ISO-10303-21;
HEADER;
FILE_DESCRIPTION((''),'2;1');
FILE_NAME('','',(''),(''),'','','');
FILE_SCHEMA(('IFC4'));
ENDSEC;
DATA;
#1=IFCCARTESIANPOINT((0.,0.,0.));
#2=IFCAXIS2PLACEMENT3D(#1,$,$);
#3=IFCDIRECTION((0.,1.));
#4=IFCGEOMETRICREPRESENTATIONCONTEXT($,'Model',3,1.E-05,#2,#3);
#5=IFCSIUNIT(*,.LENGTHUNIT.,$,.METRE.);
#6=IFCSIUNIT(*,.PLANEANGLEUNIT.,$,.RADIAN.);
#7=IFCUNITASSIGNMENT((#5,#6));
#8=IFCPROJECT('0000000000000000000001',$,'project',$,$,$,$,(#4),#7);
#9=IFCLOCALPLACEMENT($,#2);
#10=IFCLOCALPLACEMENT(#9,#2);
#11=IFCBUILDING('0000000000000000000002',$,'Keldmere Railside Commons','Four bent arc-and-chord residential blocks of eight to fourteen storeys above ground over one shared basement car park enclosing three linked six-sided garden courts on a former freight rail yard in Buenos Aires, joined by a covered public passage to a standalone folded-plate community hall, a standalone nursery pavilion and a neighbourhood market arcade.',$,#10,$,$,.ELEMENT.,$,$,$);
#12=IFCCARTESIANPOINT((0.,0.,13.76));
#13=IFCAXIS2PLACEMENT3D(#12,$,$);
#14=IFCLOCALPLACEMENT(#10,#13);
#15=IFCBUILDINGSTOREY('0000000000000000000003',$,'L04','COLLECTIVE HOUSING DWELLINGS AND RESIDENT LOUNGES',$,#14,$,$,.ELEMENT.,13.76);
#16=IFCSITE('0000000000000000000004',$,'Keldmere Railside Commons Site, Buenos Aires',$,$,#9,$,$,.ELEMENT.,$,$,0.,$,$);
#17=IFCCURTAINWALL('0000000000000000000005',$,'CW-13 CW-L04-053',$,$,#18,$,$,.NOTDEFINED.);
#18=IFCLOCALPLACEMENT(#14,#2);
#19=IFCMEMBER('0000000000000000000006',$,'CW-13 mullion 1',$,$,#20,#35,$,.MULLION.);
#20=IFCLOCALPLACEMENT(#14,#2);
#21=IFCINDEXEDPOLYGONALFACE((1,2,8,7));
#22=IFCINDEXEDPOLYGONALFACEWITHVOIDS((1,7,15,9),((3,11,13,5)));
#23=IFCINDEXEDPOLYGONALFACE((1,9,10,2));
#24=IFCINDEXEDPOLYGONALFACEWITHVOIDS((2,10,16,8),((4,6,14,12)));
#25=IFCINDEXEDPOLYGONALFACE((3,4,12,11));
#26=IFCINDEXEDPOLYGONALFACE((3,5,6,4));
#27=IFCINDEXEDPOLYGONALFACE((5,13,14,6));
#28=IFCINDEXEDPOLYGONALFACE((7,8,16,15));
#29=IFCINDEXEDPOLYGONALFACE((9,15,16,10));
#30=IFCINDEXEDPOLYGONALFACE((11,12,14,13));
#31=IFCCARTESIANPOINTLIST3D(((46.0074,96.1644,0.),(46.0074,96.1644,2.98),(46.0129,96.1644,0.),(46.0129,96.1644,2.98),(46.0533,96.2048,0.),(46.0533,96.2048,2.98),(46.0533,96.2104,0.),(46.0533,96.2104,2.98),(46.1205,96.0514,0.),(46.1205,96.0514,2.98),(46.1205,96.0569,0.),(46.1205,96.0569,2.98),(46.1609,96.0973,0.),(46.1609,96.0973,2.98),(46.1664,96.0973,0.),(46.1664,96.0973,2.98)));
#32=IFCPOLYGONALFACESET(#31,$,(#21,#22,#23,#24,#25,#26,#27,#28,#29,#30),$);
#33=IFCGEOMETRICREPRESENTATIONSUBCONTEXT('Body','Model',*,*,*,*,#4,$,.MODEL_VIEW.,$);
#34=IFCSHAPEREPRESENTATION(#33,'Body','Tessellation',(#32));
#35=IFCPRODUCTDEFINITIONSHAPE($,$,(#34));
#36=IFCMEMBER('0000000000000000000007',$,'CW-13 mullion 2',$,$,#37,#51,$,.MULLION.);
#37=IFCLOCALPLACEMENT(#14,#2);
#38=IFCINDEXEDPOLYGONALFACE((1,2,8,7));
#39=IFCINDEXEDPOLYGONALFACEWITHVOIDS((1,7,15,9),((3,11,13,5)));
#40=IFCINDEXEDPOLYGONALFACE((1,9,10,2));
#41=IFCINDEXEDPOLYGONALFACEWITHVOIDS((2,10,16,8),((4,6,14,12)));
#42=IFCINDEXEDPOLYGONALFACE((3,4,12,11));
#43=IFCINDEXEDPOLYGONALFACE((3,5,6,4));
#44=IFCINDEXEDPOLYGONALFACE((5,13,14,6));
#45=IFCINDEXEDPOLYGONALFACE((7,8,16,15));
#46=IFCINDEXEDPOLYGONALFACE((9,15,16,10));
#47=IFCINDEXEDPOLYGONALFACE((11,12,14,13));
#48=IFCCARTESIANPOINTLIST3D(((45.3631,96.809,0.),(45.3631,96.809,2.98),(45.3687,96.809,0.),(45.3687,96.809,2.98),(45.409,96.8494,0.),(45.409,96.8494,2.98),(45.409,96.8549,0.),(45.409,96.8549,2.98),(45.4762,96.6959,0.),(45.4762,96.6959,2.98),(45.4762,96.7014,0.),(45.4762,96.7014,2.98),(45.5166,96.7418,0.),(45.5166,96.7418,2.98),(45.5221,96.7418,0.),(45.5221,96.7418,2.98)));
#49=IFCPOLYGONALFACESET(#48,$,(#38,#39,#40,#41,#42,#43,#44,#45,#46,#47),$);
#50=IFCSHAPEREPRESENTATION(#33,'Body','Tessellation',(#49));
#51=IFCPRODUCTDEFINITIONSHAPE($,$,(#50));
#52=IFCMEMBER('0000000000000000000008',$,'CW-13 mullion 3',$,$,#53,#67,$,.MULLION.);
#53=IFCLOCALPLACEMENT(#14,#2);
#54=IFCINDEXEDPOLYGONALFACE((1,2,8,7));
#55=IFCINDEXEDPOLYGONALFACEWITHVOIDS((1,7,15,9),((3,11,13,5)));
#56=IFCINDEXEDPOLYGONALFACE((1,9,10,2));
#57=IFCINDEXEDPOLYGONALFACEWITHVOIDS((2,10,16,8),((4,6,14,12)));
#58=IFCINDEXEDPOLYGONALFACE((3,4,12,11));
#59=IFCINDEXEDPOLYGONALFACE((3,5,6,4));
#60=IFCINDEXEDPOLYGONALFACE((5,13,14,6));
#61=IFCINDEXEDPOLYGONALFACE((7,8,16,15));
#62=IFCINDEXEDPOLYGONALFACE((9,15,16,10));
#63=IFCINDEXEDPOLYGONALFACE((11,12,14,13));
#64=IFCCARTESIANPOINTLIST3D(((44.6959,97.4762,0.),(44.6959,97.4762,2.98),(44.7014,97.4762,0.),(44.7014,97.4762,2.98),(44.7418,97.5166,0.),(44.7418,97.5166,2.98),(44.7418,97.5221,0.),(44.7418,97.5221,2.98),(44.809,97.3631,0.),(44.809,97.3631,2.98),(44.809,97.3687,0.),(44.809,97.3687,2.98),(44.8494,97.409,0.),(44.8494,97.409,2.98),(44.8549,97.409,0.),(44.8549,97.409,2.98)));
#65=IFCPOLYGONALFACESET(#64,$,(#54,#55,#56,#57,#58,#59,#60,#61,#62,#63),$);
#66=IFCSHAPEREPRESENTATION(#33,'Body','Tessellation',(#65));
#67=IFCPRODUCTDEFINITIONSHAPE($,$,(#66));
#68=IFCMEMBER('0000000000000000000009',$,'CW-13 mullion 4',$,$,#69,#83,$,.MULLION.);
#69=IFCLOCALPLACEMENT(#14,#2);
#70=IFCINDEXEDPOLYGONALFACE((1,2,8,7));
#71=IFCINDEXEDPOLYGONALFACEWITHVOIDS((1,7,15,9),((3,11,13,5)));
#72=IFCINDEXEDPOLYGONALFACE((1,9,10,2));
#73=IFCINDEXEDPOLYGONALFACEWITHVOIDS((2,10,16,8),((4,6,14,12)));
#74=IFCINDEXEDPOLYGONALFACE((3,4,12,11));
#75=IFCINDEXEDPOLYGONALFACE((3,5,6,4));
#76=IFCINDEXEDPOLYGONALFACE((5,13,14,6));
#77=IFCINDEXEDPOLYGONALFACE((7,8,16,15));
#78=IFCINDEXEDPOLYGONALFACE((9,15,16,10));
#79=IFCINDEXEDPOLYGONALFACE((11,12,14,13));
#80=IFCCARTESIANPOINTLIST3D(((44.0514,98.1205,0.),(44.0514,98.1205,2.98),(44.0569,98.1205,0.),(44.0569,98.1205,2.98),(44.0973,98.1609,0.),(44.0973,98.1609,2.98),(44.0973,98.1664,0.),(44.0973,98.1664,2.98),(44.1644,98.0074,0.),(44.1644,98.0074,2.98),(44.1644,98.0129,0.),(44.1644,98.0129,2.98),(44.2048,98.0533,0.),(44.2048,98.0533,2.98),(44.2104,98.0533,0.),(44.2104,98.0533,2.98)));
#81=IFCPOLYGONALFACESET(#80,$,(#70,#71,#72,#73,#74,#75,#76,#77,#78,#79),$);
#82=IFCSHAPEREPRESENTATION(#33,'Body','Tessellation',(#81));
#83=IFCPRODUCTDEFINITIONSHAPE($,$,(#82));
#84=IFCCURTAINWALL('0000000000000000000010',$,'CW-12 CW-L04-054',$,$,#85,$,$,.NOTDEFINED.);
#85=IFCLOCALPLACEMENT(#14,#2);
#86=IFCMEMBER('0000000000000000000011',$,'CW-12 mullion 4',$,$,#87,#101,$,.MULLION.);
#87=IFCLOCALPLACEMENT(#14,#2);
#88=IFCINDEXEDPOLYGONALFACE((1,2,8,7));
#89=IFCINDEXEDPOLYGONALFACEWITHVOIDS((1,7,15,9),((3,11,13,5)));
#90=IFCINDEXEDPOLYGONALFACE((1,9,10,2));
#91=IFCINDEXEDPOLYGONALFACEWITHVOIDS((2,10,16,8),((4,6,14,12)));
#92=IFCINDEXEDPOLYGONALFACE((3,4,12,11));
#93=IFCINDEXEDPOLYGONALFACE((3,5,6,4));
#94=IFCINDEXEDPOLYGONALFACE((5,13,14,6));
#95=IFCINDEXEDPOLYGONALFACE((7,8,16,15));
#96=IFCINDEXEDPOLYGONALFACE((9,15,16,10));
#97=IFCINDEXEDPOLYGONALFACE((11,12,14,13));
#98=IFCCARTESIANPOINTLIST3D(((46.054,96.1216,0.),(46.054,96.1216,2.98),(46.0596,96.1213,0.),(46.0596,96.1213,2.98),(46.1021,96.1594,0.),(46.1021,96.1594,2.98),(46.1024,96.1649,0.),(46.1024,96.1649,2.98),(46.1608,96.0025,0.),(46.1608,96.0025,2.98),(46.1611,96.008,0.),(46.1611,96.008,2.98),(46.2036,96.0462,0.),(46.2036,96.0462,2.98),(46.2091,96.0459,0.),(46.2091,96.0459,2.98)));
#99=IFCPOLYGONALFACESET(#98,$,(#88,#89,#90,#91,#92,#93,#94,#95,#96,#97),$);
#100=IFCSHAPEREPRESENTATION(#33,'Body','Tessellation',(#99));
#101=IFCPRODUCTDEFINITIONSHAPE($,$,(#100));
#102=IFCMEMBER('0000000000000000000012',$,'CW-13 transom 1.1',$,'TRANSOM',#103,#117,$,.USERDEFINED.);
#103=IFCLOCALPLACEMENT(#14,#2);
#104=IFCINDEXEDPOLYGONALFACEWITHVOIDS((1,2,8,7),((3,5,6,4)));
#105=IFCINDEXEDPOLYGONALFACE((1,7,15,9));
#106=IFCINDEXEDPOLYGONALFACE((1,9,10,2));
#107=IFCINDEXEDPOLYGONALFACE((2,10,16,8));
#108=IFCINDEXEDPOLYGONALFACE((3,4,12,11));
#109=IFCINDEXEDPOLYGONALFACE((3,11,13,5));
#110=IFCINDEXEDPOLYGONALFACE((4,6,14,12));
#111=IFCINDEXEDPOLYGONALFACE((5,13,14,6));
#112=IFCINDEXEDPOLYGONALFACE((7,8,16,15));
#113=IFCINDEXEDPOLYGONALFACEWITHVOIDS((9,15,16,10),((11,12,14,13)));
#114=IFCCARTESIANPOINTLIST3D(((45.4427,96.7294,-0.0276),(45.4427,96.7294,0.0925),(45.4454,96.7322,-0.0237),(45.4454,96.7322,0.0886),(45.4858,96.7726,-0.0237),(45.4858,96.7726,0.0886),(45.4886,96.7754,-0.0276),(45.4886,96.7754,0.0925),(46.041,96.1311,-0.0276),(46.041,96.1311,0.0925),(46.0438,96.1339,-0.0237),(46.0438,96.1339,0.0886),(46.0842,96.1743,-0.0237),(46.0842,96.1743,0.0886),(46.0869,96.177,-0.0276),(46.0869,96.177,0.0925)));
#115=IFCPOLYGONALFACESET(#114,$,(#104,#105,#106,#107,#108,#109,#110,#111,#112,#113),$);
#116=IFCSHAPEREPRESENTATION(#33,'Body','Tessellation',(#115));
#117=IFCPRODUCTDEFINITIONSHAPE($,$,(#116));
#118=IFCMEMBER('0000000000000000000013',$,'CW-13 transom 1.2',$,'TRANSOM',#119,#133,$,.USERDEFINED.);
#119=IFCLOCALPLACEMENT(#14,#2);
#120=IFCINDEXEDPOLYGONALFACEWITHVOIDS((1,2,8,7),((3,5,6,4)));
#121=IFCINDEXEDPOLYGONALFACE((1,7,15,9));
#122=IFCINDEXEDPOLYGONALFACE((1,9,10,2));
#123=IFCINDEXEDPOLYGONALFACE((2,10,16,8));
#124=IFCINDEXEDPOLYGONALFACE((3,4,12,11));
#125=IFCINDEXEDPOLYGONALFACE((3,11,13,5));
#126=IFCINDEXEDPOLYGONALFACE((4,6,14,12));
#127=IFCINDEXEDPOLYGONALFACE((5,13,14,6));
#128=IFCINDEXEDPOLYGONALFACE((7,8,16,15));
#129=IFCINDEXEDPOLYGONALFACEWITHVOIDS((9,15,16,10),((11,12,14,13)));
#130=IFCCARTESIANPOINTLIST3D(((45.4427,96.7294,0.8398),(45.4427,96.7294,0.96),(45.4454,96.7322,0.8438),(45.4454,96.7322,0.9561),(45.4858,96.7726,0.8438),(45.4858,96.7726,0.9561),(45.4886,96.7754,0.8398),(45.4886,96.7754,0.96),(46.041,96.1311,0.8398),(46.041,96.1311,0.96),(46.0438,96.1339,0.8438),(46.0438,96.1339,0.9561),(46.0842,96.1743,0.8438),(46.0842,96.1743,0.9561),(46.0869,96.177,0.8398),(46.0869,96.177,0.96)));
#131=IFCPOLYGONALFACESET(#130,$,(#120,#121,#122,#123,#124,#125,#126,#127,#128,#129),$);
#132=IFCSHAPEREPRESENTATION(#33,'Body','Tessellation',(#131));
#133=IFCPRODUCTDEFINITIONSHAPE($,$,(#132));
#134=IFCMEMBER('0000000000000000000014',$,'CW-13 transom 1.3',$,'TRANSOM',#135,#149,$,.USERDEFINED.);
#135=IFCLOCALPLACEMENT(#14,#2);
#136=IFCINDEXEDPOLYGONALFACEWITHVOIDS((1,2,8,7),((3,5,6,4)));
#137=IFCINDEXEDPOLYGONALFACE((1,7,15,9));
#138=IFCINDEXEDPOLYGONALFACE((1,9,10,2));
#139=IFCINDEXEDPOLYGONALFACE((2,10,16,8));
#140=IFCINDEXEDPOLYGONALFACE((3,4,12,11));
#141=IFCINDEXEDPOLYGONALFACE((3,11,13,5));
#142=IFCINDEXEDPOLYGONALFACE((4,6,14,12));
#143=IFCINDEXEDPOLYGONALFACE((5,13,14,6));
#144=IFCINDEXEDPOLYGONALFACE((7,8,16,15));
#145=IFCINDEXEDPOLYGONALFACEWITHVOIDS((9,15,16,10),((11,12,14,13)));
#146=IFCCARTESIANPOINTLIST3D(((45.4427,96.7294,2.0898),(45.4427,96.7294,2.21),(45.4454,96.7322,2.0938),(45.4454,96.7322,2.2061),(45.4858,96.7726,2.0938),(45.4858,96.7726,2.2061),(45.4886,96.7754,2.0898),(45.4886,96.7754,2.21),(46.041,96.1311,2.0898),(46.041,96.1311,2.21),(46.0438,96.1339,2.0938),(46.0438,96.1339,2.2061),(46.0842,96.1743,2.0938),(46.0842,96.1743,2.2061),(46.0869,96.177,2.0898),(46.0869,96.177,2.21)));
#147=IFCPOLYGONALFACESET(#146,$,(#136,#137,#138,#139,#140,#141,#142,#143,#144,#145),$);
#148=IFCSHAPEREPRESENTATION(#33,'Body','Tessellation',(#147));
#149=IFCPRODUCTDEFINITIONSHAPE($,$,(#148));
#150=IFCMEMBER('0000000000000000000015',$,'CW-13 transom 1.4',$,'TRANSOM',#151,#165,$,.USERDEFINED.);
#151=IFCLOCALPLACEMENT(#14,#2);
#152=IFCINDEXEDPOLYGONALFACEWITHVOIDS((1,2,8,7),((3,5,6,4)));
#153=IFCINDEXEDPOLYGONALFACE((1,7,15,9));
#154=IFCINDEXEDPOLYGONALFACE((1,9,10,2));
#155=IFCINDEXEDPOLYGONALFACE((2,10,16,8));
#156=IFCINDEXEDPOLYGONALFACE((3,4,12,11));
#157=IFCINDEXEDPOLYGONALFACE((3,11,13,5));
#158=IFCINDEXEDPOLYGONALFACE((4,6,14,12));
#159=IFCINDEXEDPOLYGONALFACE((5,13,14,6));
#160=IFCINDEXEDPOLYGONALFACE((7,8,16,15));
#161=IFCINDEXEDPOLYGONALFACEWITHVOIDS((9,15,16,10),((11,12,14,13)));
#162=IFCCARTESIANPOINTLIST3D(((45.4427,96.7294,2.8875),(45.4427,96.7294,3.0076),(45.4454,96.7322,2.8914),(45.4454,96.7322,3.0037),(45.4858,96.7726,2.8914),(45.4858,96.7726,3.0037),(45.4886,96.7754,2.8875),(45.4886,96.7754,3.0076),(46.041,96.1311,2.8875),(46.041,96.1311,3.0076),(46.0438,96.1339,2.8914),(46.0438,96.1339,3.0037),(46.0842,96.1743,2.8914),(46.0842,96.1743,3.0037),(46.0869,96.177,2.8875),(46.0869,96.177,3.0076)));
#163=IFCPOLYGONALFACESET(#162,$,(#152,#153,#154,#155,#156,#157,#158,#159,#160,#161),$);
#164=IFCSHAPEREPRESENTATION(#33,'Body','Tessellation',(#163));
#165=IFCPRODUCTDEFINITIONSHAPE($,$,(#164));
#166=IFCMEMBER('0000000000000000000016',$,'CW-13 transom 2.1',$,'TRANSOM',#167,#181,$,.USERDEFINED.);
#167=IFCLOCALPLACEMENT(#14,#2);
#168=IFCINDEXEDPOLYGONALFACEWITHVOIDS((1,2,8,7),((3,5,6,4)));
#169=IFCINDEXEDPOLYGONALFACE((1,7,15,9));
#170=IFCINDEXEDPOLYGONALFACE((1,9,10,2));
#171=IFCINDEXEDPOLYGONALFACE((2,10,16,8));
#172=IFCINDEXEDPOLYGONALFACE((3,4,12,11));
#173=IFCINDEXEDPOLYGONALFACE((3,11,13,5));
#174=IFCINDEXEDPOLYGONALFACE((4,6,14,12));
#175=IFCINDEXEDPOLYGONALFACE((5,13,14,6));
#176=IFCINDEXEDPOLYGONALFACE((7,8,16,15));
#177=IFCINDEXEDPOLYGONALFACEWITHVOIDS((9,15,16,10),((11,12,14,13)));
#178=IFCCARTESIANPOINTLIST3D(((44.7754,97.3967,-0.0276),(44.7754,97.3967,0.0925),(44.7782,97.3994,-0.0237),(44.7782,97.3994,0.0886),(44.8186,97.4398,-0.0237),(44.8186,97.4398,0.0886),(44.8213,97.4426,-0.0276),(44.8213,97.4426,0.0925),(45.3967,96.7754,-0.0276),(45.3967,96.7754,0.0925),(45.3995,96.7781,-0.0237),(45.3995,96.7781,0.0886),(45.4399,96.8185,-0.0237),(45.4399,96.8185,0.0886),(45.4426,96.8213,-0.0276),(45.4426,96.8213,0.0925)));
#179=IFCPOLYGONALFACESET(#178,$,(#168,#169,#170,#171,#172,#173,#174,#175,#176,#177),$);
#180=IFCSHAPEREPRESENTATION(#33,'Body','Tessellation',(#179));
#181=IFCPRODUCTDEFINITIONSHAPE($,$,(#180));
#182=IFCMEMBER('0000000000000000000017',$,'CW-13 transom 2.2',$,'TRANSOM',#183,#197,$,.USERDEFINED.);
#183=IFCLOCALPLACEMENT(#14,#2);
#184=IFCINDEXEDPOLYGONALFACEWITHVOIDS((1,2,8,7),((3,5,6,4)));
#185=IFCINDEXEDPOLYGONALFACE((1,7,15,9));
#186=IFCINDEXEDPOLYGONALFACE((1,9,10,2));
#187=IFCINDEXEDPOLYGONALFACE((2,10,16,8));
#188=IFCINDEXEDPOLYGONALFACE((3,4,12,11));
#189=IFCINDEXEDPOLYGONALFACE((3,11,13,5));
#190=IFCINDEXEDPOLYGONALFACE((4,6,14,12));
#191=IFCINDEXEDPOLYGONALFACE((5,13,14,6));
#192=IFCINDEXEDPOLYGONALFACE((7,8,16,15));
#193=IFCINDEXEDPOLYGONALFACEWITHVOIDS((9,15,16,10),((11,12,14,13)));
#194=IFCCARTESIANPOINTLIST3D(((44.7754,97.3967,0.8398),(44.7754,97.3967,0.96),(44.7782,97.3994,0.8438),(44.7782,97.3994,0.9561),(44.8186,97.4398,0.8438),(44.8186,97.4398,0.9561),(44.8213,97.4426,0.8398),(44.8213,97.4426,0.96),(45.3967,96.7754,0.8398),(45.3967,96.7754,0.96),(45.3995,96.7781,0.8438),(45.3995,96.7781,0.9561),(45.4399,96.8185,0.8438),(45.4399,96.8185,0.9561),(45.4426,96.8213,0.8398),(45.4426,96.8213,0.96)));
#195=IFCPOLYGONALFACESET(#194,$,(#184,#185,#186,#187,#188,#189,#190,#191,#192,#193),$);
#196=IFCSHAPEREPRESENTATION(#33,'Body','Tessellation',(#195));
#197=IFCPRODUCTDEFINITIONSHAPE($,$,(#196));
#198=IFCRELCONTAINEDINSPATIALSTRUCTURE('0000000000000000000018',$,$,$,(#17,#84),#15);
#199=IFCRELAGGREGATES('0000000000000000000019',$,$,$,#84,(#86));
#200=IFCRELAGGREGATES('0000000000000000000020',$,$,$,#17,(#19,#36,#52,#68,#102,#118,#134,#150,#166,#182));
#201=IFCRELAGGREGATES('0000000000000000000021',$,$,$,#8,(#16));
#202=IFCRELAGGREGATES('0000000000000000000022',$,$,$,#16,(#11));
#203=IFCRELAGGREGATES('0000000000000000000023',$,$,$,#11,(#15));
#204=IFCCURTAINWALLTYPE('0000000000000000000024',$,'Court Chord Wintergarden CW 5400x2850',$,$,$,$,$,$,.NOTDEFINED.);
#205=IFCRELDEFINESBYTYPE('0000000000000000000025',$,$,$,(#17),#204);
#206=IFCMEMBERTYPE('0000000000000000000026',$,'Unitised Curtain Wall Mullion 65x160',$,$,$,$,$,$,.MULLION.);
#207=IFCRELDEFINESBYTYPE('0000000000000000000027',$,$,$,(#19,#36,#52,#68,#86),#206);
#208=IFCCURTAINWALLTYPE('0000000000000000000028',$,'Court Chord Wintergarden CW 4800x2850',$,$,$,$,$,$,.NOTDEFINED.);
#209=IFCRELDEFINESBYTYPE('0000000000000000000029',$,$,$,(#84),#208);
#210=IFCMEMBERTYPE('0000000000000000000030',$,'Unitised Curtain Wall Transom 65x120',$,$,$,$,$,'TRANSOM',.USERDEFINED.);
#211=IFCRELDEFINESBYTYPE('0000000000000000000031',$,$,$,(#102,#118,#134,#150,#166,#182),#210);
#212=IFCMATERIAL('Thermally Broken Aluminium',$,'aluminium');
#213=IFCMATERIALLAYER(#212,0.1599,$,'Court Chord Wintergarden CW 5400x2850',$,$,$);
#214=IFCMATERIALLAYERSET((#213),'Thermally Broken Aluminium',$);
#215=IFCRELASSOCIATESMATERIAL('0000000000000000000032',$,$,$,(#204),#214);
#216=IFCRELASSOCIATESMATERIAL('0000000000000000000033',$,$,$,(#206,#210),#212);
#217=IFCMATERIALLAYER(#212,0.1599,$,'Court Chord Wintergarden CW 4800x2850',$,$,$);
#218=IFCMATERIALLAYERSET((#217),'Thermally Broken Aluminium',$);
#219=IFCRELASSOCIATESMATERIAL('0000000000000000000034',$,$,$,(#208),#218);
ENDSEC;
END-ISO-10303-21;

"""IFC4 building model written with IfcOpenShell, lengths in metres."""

from ifc_helpers import new_model, si_unit, direction, frame, origin, origin_2d, place, context, subcontext, project, spatial, hollow_rectangle, extrude, material, layer, layer_set, material_profile, profile_set, type_object, element, aggregate, save


model = new_model("IFC4")

# Units and contexts
model_context = context("Model", 3, precision=1e-05, world=origin(), true_north=direction((0.0, 1.0)))
body_context = subcontext(model_context, "Body", "Model", "MODEL_VIEW")
ifc_project = project(units=[si_unit("LENGTHUNIT", "METRE"), si_unit("PLANEANGLEUNIT", "RADIAN")], contexts=[model_context])

# Site, building, storey
site_placement = place(None, origin())
site = spatial("IfcSite", under=ifc_project, at=site_placement, Name="Keldmere Railside Commons Site, Buenos Aires", CompositionType="ELEMENT", RefElevation=0.0)
building_placement = place(site_placement, origin())
building = spatial("IfcBuilding", under=site, at=building_placement, Name="Keldmere Railside Commons", Description="Four bent arc-and-chord residential blocks of eight to fourteen storeys above ground over one shared basement car park enclosing three linked six-sided garden courts on a former freight rail yard in Buenos Aires, joined by a covered public passage to a standalone folded-plate community hall, a standalone nursery pavilion and a neighbourhood market arcade.", CompositionType="ELEMENT")
storey_placement = place(building_placement, frame((0.0, 0.0, 13.76)))
storey = spatial("IfcBuildingStorey", under=building, at=storey_placement, Name="L04", Description="COLLECTIVE HOUSING DWELLINGS AND RESIDENT LOUNGES", CompositionType="ELEMENT", Elevation=13.76)

# Curtain wall, members
ifc_material_1 = material(Name="Thermally Broken Aluminium", Category="aluminium")
ifc_layer_1 = layer(ifc_material_1, 0.1599, Name="Court Chord Wintergarden CW 5400x2850")
ifc_layer_set_1 = layer_set([ifc_layer_1], Name="Thermally Broken Aluminium")
curtain_wall_type_1 = type_object("IfcCurtainWallType", Name="Court Chord Wintergarden CW 5400x2850", PredefinedType="NOTDEFINED", material=ifc_layer_set_1)
curtain_wall_1_placement = place(storey_placement, origin())
curtain_wall_1 = element("IfcCurtainWall", 1, at=curtain_wall_1_placement, inside=storey, type_object=curtain_wall_type_1, Name="CW-13 CW-L04-053", PredefinedType="NOTDEFINED")
ifc_material_profile_1 = material_profile(ifc_material_1, hollow_rectangle(XDim=0.0649, YDim=0.1599, WallThickness=0.0039, at=origin_2d()), Name="ALU-MULL-65x160")
ifc_profile_set_1 = profile_set([ifc_material_profile_1], Name="Thermally Broken Aluminium")
member_type_1 = type_object("IfcMemberType", Name="Unitised Curtain Wall Mullion 65x160", PredefinedType="MULLION", material=ifc_profile_set_1)
member_1_placement = place(storey_placement, frame((46.0869, 96.1309, 0.0), z_axis=(0.0, 0.0, 1.0), x_axis=(-0.707107, -0.707107, 0.0)))
member_1 = element("IfcMember", 2, at=member_1_placement, type_object=member_type_1, Name="CW-13 mullion 1", PredefinedType="MULLION", context=body_context, shape_type="SweptSolid", body=[
    extrude(hollow_rectangle(XDim=0.0649, YDim=0.1599, WallThickness=0.0039, at=origin_2d()), origin(), (0.0, 0.0, 1.0), 2.98),
])
member_2_placement = place(storey_placement, frame((45.4426, 96.7754, 0.0), z_axis=(0.0, 0.0, 1.0), x_axis=(-0.707107, -0.707107, 0.0)))
member_2 = element("IfcMember", 3, at=member_2_placement, type_object=member_type_1, Name="CW-13 mullion 2", PredefinedType="MULLION", context=body_context, shape_type="SweptSolid", body=[
    extrude(hollow_rectangle(XDim=0.0649, YDim=0.1599, WallThickness=0.0039, at=origin_2d()), origin(), (0.0, 0.0, 1.0), 2.98),
])
member_3_placement = place(storey_placement, frame((44.7754, 97.4426, 0.0), z_axis=(0.0, 0.0, 1.0), x_axis=(-0.707107, -0.707107, 0.0)))
member_3 = element("IfcMember", 4, at=member_3_placement, type_object=member_type_1, Name="CW-13 mullion 3", PredefinedType="MULLION", context=body_context, shape_type="SweptSolid", body=[
    extrude(hollow_rectangle(XDim=0.0649, YDim=0.1599, WallThickness=0.0039, at=origin_2d()), origin(), (0.0, 0.0, 1.0), 2.98),
])
member_4_placement = place(storey_placement, frame((44.1309, 98.0869, 0.0), z_axis=(0.0, 0.0, 1.0), x_axis=(-0.707107, -0.707107, 0.0)))
member_4 = element("IfcMember", 5, at=member_4_placement, type_object=member_type_1, Name="CW-13 mullion 4", PredefinedType="MULLION", context=body_context, shape_type="SweptSolid", body=[
    extrude(hollow_rectangle(XDim=0.0649, YDim=0.1599, WallThickness=0.0039, at=origin_2d()), origin(), (0.0, 0.0, 1.0), 2.98),
])

# Curtain wall, member
ifc_layer_2 = layer(ifc_material_1, 0.1599, Name="Court Chord Wintergarden CW 4800x2850")
ifc_layer_set_2 = layer_set([ifc_layer_2], Name="Thermally Broken Aluminium")
curtain_wall_type_2 = type_object("IfcCurtainWallType", Name="Court Chord Wintergarden CW 4800x2850", PredefinedType="NOTDEFINED", material=ifc_layer_set_2)
curtain_wall_2_placement = place(storey_placement, origin())
curtain_wall_2 = element("IfcCurtainWall", 6, at=curtain_wall_2_placement, inside=storey, type_object=curtain_wall_type_2, Name="CW-12 CW-L04-054", PredefinedType="NOTDEFINED")
member_5_placement = place(storey_placement, frame((46.1316, 96.0837, 0.0), z_axis=(0.0, 0.0, 1.0), x_axis=(-0.744557, -0.667559, 0.0)))
member_5 = element("IfcMember", 7, at=member_5_placement, type_object=member_type_1, Name="CW-12 mullion 4", PredefinedType="MULLION", context=body_context, shape_type="SweptSolid", body=[
    extrude(hollow_rectangle(XDim=0.0649, YDim=0.1599, WallThickness=0.0039, at=origin_2d()), origin(), (0.0, 0.0, 1.0), 2.98),
])

# Members
ifc_material_profile_2 = material_profile(ifc_material_1, hollow_rectangle(XDim=0.0649, YDim=0.1201, WallThickness=0.0039, at=origin_2d()), Name="ALU-TRAN-65x120")
ifc_profile_set_2 = profile_set([ifc_material_profile_2], Name="Thermally Broken Aluminium")
member_type_2 = type_object("IfcMemberType", Name="Unitised Curtain Wall Transom 65x120", ElementType="TRANSOM", PredefinedType="USERDEFINED", material=ifc_profile_set_2)
member_6_placement = place(storey_placement, frame((46.064, 96.1541, 0.0325), z_axis=(-0.707107, 0.707107, 0.0), x_axis=(-0.707107, -0.707107, 0.0)))
member_6 = element("IfcMember", 8, at=member_6_placement, type_object=member_type_2, Name="CW-13 transom 1.1", ObjectType="TRANSOM", PredefinedType="USERDEFINED", context=body_context, shape_type="SweptSolid", body=[
    extrude(hollow_rectangle(XDim=0.0649, YDim=0.1201, WallThickness=0.0039, at=origin_2d()), origin(), (0.0, 0.0, 1.0), 0.8462),
])
member_7_placement = place(storey_placement, frame((46.064, 96.1541, 0.8999), z_axis=(-0.707107, 0.707107, 0.0), x_axis=(-0.707107, -0.707107, 0.0)))
member_7 = element("IfcMember", 9, at=member_7_placement, type_object=member_type_2, Name="CW-13 transom 1.2", ObjectType="TRANSOM", PredefinedType="USERDEFINED", context=body_context, shape_type="SweptSolid", body=[
    extrude(hollow_rectangle(XDim=0.0649, YDim=0.1201, WallThickness=0.0039, at=origin_2d()), origin(), (0.0, 0.0, 1.0), 0.8462),
])
member_8_placement = place(storey_placement, frame((46.064, 96.1541, 2.1499), z_axis=(-0.707107, 0.707107, 0.0), x_axis=(-0.707107, -0.707107, 0.0)))
member_8 = element("IfcMember", 10, at=member_8_placement, type_object=member_type_2, Name="CW-13 transom 1.3", ObjectType="TRANSOM", PredefinedType="USERDEFINED", context=body_context, shape_type="SweptSolid", body=[
    extrude(hollow_rectangle(XDim=0.0649, YDim=0.1201, WallThickness=0.0039, at=origin_2d()), origin(), (0.0, 0.0, 1.0), 0.8462),
])
member_9_placement = place(storey_placement, frame((46.064, 96.1541, 2.9475), z_axis=(-0.707107, 0.707107, 0.0), x_axis=(-0.707107, -0.707107, 0.0)))
member_9 = element("IfcMember", 11, at=member_9_placement, type_object=member_type_2, Name="CW-13 transom 1.4", ObjectType="TRANSOM", PredefinedType="USERDEFINED", context=body_context, shape_type="SweptSolid", body=[
    extrude(hollow_rectangle(XDim=0.0649, YDim=0.1201, WallThickness=0.0039, at=origin_2d()), origin(), (0.0, 0.0, 1.0), 0.8462),
])
member_10_placement = place(storey_placement, frame((45.4197, 96.7983, 0.0325), z_axis=(-0.707107, 0.707107, 0.0), x_axis=(-0.707107, -0.707107, 0.0)))
member_10 = element("IfcMember", 12, at=member_10_placement, type_object=member_type_2, Name="CW-13 transom 2.1", ObjectType="TRANSOM", PredefinedType="USERDEFINED", context=body_context, shape_type="SweptSolid", body=[
    extrude(hollow_rectangle(XDim=0.0649, YDim=0.1201, WallThickness=0.0039, at=origin_2d()), origin(), (0.0, 0.0, 1.0), 0.8787),
])
member_11_placement = place(storey_placement, frame((45.4197, 96.7983, 0.8999), z_axis=(-0.707107, 0.707107, 0.0), x_axis=(-0.707107, -0.707107, 0.0)))
member_11 = element("IfcMember", 13, at=member_11_placement, type_object=member_type_2, Name="CW-13 transom 2.2", ObjectType="TRANSOM", PredefinedType="USERDEFINED", context=body_context, shape_type="SweptSolid", body=[
    extrude(hollow_rectangle(XDim=0.0649, YDim=0.1201, WallThickness=0.0039, at=origin_2d()), origin(), (0.0, 0.0, 1.0), 0.8787),
])

aggregate(curtain_wall_2, [member_5])
aggregate(curtain_wall_1, [member_1, member_2, member_3, member_4, member_6, member_7, member_8, member_9, member_10, member_11])

save(model, "model.ifc")
